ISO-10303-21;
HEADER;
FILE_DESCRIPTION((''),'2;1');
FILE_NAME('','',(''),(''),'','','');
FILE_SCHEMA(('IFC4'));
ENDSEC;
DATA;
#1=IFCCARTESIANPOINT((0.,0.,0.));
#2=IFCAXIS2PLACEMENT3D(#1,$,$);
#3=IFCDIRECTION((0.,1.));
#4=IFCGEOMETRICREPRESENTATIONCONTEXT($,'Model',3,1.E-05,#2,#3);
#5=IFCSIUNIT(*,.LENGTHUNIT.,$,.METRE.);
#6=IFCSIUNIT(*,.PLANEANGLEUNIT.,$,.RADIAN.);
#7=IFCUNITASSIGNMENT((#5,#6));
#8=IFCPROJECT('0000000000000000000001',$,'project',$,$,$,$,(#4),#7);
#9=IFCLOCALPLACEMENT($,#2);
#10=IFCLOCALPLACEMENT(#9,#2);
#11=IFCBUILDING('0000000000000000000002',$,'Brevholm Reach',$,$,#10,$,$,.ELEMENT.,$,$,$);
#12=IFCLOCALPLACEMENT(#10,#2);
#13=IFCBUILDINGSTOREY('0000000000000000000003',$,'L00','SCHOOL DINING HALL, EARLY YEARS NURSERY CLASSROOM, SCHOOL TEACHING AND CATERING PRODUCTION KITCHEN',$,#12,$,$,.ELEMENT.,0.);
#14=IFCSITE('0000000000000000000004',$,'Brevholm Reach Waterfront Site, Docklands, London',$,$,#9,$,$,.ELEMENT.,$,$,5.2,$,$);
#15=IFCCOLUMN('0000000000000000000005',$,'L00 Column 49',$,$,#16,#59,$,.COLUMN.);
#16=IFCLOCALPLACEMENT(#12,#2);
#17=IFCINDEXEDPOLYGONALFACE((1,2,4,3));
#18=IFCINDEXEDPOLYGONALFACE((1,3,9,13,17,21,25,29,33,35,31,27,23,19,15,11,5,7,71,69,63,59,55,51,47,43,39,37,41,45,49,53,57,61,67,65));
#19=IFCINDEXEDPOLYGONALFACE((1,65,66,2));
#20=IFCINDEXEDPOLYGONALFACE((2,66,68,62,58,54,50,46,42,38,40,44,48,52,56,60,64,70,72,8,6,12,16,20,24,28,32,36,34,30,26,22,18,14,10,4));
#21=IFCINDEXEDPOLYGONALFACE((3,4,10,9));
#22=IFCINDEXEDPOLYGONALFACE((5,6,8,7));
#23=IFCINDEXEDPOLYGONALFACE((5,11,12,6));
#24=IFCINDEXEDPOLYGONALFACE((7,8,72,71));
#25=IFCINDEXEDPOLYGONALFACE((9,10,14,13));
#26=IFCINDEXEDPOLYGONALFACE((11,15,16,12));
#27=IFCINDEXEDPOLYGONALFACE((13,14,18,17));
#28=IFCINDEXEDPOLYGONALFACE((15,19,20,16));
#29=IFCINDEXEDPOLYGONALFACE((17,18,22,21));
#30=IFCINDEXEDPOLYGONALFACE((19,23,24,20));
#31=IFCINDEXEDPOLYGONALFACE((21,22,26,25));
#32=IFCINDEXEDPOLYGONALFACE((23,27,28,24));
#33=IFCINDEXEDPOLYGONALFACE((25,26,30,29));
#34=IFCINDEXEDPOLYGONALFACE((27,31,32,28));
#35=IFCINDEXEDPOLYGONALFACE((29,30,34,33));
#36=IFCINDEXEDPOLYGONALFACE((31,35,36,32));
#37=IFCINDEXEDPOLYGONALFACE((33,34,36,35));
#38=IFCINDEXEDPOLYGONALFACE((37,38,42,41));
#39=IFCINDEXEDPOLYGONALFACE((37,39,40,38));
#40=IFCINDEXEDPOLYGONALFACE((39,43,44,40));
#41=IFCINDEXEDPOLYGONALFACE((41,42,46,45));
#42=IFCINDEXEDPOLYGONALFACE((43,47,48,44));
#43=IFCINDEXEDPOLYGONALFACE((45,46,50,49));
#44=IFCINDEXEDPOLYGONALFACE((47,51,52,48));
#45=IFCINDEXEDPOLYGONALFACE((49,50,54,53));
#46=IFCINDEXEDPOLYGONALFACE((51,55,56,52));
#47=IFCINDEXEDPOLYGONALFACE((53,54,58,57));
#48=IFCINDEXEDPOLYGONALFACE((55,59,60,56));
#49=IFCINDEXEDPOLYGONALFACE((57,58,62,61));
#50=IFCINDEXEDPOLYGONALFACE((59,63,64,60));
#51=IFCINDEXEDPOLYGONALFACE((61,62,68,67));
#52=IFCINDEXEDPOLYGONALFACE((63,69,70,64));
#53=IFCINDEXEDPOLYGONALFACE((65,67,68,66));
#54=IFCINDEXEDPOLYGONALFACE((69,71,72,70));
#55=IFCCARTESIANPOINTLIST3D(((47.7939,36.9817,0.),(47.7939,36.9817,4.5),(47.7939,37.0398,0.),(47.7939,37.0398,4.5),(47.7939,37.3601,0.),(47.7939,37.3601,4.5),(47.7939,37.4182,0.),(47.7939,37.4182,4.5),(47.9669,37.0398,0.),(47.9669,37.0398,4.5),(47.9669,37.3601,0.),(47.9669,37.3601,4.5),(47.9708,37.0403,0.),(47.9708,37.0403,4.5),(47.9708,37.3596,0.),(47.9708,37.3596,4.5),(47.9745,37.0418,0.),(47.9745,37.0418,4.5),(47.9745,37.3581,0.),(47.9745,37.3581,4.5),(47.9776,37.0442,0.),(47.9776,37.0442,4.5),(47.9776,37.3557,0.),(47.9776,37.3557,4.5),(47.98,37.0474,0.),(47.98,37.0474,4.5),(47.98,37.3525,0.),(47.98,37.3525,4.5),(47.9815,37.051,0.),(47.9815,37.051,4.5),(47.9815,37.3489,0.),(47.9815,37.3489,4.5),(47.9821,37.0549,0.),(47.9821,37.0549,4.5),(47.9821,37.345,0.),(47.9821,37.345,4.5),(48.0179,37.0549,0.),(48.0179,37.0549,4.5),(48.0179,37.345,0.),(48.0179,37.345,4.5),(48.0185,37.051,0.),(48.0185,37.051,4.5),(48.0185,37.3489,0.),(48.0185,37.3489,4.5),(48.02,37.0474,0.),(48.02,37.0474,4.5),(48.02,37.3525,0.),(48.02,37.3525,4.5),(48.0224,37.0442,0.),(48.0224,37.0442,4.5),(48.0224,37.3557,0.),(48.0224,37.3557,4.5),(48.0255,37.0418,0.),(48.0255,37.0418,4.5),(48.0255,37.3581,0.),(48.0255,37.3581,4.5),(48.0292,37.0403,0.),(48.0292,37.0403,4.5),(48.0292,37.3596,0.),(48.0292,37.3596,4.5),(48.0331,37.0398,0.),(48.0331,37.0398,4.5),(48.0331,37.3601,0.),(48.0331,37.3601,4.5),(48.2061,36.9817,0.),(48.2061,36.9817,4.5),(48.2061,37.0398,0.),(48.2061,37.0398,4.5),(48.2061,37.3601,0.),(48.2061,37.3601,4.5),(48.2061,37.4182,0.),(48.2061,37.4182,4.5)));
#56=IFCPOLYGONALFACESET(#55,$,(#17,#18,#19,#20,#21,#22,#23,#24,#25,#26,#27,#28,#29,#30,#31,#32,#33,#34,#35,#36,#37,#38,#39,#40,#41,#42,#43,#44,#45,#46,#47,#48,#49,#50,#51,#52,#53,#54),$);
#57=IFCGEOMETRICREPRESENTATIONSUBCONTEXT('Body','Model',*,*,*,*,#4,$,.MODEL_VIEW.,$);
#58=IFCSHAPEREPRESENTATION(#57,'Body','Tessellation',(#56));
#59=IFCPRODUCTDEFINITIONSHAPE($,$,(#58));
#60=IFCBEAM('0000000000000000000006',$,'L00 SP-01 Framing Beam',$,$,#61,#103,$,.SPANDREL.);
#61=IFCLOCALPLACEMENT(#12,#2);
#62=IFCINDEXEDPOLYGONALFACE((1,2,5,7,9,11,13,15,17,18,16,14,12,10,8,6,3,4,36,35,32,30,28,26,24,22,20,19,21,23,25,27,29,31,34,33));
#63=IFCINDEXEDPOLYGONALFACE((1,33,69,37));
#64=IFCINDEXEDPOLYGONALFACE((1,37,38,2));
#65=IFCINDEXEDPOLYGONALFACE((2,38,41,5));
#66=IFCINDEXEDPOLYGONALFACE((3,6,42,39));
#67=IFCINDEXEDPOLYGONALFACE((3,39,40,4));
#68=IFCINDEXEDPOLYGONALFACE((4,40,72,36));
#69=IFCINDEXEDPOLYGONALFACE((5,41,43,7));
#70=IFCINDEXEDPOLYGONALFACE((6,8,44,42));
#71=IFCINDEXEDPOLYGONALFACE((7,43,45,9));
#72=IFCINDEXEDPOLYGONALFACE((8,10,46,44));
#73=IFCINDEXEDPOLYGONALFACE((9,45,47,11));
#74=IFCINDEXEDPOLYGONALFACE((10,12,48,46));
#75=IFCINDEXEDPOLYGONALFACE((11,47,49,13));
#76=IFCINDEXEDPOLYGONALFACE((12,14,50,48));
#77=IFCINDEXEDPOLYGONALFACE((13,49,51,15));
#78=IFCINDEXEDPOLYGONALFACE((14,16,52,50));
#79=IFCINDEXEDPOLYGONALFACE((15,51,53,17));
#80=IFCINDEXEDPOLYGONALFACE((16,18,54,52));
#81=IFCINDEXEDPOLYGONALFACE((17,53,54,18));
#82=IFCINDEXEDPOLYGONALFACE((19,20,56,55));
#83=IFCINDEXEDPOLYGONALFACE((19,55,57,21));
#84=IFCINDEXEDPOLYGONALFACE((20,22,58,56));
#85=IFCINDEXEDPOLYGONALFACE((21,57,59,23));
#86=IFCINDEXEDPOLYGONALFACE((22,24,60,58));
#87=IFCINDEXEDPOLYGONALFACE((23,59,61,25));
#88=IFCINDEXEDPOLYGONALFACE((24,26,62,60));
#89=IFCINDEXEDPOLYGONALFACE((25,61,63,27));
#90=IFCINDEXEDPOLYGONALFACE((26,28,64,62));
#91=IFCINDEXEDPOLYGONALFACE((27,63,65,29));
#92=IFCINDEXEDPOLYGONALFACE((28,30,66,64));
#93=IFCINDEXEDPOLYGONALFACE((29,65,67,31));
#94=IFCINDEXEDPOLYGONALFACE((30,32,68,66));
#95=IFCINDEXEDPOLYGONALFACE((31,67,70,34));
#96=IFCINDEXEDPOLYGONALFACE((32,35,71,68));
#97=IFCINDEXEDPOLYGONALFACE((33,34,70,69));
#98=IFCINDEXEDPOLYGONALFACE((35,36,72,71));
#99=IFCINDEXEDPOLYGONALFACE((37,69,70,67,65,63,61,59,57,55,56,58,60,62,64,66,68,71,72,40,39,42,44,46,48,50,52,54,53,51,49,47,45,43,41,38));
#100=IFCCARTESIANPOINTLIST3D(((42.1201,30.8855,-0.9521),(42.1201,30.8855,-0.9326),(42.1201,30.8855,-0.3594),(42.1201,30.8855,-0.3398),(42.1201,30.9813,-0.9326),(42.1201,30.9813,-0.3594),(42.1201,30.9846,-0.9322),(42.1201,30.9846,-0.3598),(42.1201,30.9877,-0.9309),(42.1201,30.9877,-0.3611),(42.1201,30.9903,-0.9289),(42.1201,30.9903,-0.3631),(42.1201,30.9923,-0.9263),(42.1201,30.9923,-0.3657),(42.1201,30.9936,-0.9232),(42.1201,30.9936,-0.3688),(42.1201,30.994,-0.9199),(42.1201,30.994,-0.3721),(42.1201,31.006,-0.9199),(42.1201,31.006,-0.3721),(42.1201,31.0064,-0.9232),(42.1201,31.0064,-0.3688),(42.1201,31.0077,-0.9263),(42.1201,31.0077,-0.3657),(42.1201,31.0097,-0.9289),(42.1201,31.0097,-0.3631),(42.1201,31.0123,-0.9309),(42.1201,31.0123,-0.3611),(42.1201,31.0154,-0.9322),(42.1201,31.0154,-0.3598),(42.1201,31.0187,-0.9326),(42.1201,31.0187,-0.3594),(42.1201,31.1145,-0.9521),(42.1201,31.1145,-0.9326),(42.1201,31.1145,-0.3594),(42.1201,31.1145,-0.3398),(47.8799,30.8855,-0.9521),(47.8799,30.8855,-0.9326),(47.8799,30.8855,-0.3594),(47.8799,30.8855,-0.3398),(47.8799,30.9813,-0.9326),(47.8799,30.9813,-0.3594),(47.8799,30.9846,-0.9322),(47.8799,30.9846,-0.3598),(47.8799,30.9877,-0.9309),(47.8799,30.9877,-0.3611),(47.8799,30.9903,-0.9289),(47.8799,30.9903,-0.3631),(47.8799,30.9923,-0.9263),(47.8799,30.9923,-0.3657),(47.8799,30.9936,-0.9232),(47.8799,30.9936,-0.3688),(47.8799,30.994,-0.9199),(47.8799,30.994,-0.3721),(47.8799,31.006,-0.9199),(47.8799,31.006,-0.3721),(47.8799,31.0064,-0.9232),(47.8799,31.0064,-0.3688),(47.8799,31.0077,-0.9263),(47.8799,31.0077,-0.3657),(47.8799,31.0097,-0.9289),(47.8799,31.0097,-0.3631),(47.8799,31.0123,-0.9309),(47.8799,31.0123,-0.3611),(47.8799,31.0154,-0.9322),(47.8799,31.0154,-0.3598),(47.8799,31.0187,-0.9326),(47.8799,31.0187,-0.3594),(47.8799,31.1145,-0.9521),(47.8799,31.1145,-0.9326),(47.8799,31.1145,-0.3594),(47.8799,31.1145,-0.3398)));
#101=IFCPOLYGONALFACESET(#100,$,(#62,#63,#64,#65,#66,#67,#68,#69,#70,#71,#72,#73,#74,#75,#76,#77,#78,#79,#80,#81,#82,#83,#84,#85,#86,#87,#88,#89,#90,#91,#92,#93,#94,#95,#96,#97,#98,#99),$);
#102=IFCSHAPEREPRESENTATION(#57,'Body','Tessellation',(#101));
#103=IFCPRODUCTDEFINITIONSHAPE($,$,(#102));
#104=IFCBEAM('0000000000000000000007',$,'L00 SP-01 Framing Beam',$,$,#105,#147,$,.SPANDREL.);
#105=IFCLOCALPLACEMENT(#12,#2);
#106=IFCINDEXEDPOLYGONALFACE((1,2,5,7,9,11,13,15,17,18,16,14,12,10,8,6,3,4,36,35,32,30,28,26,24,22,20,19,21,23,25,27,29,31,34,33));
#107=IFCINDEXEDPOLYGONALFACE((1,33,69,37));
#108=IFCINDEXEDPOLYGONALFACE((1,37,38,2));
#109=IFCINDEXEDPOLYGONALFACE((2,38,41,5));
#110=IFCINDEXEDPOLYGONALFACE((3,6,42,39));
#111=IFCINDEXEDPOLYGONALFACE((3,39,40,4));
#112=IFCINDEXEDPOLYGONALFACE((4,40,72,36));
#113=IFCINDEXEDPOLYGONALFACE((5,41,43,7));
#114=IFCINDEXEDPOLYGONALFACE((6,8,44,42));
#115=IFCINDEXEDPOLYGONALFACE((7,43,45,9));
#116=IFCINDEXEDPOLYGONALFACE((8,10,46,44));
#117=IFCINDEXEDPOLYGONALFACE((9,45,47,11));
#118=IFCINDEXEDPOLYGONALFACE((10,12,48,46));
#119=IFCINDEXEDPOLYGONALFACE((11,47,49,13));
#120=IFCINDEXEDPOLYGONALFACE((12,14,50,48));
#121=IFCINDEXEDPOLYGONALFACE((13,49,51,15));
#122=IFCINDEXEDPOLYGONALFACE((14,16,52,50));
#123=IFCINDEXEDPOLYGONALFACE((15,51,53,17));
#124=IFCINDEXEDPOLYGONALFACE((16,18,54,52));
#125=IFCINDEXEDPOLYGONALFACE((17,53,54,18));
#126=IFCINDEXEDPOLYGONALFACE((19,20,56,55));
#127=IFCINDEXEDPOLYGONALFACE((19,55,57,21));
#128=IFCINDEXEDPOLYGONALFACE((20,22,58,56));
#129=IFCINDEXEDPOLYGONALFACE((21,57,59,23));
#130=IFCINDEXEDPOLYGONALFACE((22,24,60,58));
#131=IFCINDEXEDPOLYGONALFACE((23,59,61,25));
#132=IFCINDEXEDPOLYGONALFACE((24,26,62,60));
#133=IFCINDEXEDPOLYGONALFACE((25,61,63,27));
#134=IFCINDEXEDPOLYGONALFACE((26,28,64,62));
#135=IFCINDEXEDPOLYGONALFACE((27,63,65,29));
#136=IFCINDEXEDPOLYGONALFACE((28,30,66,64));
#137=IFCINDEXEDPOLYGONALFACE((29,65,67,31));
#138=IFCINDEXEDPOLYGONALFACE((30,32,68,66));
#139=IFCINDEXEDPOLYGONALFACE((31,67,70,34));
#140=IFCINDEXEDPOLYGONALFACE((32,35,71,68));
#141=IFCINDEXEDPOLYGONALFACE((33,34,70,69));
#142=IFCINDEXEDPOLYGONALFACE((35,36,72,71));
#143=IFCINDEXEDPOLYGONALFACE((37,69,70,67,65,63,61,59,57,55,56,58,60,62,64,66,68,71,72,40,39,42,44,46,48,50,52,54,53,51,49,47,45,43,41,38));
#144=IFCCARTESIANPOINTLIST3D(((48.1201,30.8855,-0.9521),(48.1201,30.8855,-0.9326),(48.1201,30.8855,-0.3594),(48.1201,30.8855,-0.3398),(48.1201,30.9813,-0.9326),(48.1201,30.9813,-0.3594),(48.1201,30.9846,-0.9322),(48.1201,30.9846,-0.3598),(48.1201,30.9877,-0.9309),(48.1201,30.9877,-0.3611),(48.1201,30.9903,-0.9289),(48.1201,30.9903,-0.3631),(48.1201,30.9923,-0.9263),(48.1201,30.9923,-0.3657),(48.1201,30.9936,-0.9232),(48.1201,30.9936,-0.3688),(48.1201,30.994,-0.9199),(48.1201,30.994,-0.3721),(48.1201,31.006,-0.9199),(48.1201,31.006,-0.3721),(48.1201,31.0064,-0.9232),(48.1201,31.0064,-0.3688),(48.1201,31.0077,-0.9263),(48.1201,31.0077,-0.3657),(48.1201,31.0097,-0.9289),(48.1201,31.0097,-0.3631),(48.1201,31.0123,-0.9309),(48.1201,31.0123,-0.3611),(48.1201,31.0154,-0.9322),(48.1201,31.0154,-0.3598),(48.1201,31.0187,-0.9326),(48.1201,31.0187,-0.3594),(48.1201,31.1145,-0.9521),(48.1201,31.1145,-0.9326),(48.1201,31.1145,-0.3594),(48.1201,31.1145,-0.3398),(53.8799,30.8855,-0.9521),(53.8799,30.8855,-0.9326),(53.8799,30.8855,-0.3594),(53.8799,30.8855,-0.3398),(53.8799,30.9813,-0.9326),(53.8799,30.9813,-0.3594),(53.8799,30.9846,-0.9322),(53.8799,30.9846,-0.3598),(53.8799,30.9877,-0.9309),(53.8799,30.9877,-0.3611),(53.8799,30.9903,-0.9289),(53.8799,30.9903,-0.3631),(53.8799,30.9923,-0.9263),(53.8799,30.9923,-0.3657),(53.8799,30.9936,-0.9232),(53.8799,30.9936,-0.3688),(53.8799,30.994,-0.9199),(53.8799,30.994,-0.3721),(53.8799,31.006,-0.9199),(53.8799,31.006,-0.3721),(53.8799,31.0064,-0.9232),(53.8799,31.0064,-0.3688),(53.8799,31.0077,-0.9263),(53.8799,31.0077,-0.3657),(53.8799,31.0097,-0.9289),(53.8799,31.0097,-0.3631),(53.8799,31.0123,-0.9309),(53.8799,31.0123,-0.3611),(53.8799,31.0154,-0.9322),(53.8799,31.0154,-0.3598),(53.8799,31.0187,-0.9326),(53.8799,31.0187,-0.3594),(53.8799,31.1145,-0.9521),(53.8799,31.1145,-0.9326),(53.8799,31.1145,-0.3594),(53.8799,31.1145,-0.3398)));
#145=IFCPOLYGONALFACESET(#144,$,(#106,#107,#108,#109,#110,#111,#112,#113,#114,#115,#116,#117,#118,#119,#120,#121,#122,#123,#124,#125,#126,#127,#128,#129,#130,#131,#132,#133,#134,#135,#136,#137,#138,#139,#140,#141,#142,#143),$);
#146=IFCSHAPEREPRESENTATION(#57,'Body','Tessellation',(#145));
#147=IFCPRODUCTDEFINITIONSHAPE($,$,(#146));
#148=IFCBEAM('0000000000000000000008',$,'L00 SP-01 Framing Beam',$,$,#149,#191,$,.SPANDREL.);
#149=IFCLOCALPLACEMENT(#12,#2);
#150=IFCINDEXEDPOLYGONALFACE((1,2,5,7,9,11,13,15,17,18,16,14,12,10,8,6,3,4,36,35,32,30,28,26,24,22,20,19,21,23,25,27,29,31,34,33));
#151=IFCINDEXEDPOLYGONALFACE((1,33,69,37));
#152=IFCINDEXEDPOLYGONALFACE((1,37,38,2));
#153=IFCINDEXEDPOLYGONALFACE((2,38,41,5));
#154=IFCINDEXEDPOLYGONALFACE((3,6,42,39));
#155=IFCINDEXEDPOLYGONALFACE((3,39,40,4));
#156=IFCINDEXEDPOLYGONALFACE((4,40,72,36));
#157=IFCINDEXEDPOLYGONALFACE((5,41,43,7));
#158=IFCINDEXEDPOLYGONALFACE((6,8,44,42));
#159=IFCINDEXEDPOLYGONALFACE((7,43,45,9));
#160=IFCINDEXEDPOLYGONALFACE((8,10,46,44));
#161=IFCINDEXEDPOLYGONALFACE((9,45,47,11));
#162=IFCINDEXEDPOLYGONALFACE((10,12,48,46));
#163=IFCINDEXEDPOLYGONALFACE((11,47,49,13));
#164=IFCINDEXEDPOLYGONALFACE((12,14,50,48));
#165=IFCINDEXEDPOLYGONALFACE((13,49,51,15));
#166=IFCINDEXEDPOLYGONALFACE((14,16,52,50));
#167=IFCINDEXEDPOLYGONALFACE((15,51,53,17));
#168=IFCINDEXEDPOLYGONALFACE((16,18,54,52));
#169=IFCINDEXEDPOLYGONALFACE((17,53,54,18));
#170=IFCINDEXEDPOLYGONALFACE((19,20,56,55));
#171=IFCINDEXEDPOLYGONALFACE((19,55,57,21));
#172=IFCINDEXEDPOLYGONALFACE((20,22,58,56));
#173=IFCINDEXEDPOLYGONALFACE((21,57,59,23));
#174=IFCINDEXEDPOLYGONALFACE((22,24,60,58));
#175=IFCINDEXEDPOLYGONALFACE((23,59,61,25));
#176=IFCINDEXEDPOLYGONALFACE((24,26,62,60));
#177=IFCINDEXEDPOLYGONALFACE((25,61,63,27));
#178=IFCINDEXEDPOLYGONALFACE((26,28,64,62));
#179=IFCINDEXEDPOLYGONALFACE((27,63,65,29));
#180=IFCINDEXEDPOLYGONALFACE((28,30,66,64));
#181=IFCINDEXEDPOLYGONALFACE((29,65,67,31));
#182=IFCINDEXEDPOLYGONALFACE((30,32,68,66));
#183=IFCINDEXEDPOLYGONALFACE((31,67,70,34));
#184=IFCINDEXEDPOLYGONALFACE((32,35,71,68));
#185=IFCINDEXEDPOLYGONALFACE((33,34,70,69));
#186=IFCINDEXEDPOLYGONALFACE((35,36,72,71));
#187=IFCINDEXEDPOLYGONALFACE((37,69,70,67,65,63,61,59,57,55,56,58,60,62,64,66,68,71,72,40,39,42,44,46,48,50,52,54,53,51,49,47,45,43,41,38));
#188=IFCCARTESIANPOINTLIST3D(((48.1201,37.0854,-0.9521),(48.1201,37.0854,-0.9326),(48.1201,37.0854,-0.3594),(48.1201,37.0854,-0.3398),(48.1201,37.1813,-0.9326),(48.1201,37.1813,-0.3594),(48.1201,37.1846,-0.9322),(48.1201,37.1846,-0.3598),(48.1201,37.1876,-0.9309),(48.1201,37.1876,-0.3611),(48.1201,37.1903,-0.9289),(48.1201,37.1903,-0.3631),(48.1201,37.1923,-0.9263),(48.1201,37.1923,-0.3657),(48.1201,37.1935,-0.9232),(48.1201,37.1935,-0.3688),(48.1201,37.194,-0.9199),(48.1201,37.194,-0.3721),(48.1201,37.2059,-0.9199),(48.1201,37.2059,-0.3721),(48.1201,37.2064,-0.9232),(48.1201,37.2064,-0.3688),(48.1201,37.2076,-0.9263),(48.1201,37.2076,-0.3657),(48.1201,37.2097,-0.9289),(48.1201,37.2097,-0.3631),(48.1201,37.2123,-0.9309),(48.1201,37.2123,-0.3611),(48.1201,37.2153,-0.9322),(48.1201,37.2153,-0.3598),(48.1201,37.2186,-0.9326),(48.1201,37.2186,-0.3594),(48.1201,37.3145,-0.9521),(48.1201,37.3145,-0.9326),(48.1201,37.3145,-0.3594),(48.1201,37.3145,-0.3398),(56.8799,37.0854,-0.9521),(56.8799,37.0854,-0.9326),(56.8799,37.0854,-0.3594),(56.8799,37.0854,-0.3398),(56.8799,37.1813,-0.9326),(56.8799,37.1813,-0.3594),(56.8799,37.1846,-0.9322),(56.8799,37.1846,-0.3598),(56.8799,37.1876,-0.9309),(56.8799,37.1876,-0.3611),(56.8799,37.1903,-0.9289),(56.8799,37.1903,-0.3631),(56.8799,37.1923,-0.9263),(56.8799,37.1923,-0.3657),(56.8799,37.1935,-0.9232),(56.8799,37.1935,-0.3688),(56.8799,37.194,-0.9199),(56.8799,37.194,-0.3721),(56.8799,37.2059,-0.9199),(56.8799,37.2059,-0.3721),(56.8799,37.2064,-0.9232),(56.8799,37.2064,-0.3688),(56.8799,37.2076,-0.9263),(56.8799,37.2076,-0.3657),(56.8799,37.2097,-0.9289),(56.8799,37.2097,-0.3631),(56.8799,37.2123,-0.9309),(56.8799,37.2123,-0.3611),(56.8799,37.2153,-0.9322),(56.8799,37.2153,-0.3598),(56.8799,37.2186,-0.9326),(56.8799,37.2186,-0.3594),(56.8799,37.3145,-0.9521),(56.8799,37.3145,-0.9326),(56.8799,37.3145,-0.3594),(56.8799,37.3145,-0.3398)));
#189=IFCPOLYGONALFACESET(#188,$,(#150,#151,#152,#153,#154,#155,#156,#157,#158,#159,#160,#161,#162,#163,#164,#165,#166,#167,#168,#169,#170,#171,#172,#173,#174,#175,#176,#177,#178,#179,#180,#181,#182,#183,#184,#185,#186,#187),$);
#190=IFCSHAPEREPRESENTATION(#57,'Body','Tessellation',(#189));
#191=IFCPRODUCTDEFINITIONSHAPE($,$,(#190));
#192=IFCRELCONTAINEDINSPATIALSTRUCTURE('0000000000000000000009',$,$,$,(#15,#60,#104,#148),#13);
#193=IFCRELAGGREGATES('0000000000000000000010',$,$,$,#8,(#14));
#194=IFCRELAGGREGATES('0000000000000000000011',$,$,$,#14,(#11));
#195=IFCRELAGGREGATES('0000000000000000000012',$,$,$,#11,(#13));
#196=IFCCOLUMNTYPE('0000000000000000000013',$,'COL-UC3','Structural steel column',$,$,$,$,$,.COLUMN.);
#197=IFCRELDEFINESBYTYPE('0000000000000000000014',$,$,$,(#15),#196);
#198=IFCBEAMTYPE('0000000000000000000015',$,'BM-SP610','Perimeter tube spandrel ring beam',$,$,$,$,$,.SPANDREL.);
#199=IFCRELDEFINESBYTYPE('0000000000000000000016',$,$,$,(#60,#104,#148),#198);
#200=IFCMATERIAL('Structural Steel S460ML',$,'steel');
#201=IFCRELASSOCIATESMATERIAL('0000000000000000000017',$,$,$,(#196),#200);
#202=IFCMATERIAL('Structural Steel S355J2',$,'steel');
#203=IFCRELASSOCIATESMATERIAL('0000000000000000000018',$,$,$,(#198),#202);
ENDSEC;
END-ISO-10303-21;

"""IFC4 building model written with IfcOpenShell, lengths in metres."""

from ifc_helpers import new_model, si_unit, direction, frame, origin, origin_2d, place, context, subcontext, project, spatial, i_section, extrude, material, material_profile, profile_set, type_object, element, save


model = new_model("IFC4")

# Units and contexts
model_context = context("Model", 3, precision=1e-05, world=origin(), true_north=direction((0.0, 1.0)))
body_context = subcontext(model_context, "Body", "Model", "MODEL_VIEW")
ifc_project = project(units=[si_unit("LENGTHUNIT", "METRE"), si_unit("PLANEANGLEUNIT", "RADIAN")], contexts=[model_context])

# Site, building, storey
site_placement = place(None, origin())
site = spatial("IfcSite", under=ifc_project, at=site_placement, Name="Brevholm Reach Waterfront Site, Docklands, London", CompositionType="ELEMENT", RefElevation=5.2)
building_placement = place(site_placement, origin())
building = spatial("IfcBuilding", under=site, at=building_placement, Name="Brevholm Reach", CompositionType="ELEMENT")
storey_placement = place(building_placement, origin())
storey = spatial("IfcBuildingStorey", under=building, at=storey_placement, Name="L00", Description="SCHOOL DINING HALL, EARLY YEARS NURSERY CLASSROOM, SCHOOL TEACHING AND CATERING PRODUCTION KITCHEN", CompositionType="ELEMENT", Elevation=0.0)

# Column
ifc_material_1 = material(Name="Structural Steel S460ML", Category="steel")
ifc_material_profile_1 = material_profile(ifc_material_1, i_section(OverallWidth=0.4121, OverallDepth=0.4365, WebThickness=0.0359, FlangeThickness=0.0581, FilletRadius=0.0151, at=origin_2d()), Name="UKC 356x406x467")
ifc_profile_set_1 = profile_set([ifc_material_profile_1], Name="Structural Steel S460ML")
column_type_1 = type_object("IfcColumnType", Name="COL-UC3", Description="Structural steel column", PredefinedType="COLUMN", material=ifc_profile_set_1)
column_1_placement = place(storey_placement, frame((48.0, 37.2, 0.0), z_axis=(0.0, 0.0, 1.0), x_axis=(1.0, 0.0, 0.0)))
element("IfcColumn", 1, at=column_1_placement, inside=storey, type_object=column_type_1, Name="L00 Column 49", PredefinedType="COLUMN", context=body_context, shape_type="SweptSolid", body=[
    extrude(i_section(OverallWidth=0.4121, OverallDepth=0.4365, WebThickness=0.0359, FlangeThickness=0.0581, FilletRadius=0.0151, at=origin_2d()), origin(), (0.0, 0.0, 1.0), 4.5),
])

# Beams
ifc_material_2 = material(Name="Structural Steel S355J2", Category="steel")
ifc_material_profile_2 = material_profile(ifc_material_2, i_section(OverallWidth=0.229, OverallDepth=0.6123, WebThickness=0.012, FlangeThickness=0.0195, FilletRadius=0.0127, at=origin_2d()), Name="UKB 610x229x125")
ifc_profile_set_2 = profile_set([ifc_material_profile_2], Name="Structural Steel S355J2")
beam_type_1 = type_object("IfcBeamType", Name="BM-SP610", Description="Perimeter tube spandrel ring beam", PredefinedType="SPANDREL", material=ifc_profile_set_2)
for number, where, z_axis, x_axis, name in (
    (2, (42.1201, 31.0, -0.646), (1.0, 0.0, 0.0), (0.0, 1.0, 0.0), "L00 SP-01 Framing Beam"),
    (3, (48.1201, 31.0, -0.646), (1.0, 0.0, 0.0), (0.0, 1.0, 0.0), "L00 SP-01 Framing Beam"),
):
    element("IfcBeam", number, at=place(storey_placement, frame(where, z_axis=z_axis, x_axis=x_axis)), inside=storey, type_object=beam_type_1, Name=name, PredefinedType="SPANDREL", context=body_context, shape_type="SweptSolid", body=[
        extrude(i_section(OverallWidth=0.229, OverallDepth=0.6123, WebThickness=0.012, FlangeThickness=0.0195, FilletRadius=0.0127, at=origin_2d()), origin(), (0.0, 0.0, 1.0), 5.7598),
    ])
beam_1_placement = place(storey_placement, frame((48.1201, 37.2, -0.646), z_axis=(1.0, 0.0, 0.0), x_axis=(0.0, 1.0, 0.0)))
element("IfcBeam", 4, at=beam_1_placement, inside=storey, type_object=beam_type_1, Name="L00 SP-01 Framing Beam", PredefinedType="SPANDREL", context=body_context, shape_type="SweptSolid", body=[
    extrude(i_section(OverallWidth=0.229, OverallDepth=0.6123, WebThickness=0.012, FlangeThickness=0.0195, FilletRadius=0.0127, at=origin_2d()), origin(), (0.0, 0.0, 1.0), 8.7598),
])

save(model, "model.ifc")
